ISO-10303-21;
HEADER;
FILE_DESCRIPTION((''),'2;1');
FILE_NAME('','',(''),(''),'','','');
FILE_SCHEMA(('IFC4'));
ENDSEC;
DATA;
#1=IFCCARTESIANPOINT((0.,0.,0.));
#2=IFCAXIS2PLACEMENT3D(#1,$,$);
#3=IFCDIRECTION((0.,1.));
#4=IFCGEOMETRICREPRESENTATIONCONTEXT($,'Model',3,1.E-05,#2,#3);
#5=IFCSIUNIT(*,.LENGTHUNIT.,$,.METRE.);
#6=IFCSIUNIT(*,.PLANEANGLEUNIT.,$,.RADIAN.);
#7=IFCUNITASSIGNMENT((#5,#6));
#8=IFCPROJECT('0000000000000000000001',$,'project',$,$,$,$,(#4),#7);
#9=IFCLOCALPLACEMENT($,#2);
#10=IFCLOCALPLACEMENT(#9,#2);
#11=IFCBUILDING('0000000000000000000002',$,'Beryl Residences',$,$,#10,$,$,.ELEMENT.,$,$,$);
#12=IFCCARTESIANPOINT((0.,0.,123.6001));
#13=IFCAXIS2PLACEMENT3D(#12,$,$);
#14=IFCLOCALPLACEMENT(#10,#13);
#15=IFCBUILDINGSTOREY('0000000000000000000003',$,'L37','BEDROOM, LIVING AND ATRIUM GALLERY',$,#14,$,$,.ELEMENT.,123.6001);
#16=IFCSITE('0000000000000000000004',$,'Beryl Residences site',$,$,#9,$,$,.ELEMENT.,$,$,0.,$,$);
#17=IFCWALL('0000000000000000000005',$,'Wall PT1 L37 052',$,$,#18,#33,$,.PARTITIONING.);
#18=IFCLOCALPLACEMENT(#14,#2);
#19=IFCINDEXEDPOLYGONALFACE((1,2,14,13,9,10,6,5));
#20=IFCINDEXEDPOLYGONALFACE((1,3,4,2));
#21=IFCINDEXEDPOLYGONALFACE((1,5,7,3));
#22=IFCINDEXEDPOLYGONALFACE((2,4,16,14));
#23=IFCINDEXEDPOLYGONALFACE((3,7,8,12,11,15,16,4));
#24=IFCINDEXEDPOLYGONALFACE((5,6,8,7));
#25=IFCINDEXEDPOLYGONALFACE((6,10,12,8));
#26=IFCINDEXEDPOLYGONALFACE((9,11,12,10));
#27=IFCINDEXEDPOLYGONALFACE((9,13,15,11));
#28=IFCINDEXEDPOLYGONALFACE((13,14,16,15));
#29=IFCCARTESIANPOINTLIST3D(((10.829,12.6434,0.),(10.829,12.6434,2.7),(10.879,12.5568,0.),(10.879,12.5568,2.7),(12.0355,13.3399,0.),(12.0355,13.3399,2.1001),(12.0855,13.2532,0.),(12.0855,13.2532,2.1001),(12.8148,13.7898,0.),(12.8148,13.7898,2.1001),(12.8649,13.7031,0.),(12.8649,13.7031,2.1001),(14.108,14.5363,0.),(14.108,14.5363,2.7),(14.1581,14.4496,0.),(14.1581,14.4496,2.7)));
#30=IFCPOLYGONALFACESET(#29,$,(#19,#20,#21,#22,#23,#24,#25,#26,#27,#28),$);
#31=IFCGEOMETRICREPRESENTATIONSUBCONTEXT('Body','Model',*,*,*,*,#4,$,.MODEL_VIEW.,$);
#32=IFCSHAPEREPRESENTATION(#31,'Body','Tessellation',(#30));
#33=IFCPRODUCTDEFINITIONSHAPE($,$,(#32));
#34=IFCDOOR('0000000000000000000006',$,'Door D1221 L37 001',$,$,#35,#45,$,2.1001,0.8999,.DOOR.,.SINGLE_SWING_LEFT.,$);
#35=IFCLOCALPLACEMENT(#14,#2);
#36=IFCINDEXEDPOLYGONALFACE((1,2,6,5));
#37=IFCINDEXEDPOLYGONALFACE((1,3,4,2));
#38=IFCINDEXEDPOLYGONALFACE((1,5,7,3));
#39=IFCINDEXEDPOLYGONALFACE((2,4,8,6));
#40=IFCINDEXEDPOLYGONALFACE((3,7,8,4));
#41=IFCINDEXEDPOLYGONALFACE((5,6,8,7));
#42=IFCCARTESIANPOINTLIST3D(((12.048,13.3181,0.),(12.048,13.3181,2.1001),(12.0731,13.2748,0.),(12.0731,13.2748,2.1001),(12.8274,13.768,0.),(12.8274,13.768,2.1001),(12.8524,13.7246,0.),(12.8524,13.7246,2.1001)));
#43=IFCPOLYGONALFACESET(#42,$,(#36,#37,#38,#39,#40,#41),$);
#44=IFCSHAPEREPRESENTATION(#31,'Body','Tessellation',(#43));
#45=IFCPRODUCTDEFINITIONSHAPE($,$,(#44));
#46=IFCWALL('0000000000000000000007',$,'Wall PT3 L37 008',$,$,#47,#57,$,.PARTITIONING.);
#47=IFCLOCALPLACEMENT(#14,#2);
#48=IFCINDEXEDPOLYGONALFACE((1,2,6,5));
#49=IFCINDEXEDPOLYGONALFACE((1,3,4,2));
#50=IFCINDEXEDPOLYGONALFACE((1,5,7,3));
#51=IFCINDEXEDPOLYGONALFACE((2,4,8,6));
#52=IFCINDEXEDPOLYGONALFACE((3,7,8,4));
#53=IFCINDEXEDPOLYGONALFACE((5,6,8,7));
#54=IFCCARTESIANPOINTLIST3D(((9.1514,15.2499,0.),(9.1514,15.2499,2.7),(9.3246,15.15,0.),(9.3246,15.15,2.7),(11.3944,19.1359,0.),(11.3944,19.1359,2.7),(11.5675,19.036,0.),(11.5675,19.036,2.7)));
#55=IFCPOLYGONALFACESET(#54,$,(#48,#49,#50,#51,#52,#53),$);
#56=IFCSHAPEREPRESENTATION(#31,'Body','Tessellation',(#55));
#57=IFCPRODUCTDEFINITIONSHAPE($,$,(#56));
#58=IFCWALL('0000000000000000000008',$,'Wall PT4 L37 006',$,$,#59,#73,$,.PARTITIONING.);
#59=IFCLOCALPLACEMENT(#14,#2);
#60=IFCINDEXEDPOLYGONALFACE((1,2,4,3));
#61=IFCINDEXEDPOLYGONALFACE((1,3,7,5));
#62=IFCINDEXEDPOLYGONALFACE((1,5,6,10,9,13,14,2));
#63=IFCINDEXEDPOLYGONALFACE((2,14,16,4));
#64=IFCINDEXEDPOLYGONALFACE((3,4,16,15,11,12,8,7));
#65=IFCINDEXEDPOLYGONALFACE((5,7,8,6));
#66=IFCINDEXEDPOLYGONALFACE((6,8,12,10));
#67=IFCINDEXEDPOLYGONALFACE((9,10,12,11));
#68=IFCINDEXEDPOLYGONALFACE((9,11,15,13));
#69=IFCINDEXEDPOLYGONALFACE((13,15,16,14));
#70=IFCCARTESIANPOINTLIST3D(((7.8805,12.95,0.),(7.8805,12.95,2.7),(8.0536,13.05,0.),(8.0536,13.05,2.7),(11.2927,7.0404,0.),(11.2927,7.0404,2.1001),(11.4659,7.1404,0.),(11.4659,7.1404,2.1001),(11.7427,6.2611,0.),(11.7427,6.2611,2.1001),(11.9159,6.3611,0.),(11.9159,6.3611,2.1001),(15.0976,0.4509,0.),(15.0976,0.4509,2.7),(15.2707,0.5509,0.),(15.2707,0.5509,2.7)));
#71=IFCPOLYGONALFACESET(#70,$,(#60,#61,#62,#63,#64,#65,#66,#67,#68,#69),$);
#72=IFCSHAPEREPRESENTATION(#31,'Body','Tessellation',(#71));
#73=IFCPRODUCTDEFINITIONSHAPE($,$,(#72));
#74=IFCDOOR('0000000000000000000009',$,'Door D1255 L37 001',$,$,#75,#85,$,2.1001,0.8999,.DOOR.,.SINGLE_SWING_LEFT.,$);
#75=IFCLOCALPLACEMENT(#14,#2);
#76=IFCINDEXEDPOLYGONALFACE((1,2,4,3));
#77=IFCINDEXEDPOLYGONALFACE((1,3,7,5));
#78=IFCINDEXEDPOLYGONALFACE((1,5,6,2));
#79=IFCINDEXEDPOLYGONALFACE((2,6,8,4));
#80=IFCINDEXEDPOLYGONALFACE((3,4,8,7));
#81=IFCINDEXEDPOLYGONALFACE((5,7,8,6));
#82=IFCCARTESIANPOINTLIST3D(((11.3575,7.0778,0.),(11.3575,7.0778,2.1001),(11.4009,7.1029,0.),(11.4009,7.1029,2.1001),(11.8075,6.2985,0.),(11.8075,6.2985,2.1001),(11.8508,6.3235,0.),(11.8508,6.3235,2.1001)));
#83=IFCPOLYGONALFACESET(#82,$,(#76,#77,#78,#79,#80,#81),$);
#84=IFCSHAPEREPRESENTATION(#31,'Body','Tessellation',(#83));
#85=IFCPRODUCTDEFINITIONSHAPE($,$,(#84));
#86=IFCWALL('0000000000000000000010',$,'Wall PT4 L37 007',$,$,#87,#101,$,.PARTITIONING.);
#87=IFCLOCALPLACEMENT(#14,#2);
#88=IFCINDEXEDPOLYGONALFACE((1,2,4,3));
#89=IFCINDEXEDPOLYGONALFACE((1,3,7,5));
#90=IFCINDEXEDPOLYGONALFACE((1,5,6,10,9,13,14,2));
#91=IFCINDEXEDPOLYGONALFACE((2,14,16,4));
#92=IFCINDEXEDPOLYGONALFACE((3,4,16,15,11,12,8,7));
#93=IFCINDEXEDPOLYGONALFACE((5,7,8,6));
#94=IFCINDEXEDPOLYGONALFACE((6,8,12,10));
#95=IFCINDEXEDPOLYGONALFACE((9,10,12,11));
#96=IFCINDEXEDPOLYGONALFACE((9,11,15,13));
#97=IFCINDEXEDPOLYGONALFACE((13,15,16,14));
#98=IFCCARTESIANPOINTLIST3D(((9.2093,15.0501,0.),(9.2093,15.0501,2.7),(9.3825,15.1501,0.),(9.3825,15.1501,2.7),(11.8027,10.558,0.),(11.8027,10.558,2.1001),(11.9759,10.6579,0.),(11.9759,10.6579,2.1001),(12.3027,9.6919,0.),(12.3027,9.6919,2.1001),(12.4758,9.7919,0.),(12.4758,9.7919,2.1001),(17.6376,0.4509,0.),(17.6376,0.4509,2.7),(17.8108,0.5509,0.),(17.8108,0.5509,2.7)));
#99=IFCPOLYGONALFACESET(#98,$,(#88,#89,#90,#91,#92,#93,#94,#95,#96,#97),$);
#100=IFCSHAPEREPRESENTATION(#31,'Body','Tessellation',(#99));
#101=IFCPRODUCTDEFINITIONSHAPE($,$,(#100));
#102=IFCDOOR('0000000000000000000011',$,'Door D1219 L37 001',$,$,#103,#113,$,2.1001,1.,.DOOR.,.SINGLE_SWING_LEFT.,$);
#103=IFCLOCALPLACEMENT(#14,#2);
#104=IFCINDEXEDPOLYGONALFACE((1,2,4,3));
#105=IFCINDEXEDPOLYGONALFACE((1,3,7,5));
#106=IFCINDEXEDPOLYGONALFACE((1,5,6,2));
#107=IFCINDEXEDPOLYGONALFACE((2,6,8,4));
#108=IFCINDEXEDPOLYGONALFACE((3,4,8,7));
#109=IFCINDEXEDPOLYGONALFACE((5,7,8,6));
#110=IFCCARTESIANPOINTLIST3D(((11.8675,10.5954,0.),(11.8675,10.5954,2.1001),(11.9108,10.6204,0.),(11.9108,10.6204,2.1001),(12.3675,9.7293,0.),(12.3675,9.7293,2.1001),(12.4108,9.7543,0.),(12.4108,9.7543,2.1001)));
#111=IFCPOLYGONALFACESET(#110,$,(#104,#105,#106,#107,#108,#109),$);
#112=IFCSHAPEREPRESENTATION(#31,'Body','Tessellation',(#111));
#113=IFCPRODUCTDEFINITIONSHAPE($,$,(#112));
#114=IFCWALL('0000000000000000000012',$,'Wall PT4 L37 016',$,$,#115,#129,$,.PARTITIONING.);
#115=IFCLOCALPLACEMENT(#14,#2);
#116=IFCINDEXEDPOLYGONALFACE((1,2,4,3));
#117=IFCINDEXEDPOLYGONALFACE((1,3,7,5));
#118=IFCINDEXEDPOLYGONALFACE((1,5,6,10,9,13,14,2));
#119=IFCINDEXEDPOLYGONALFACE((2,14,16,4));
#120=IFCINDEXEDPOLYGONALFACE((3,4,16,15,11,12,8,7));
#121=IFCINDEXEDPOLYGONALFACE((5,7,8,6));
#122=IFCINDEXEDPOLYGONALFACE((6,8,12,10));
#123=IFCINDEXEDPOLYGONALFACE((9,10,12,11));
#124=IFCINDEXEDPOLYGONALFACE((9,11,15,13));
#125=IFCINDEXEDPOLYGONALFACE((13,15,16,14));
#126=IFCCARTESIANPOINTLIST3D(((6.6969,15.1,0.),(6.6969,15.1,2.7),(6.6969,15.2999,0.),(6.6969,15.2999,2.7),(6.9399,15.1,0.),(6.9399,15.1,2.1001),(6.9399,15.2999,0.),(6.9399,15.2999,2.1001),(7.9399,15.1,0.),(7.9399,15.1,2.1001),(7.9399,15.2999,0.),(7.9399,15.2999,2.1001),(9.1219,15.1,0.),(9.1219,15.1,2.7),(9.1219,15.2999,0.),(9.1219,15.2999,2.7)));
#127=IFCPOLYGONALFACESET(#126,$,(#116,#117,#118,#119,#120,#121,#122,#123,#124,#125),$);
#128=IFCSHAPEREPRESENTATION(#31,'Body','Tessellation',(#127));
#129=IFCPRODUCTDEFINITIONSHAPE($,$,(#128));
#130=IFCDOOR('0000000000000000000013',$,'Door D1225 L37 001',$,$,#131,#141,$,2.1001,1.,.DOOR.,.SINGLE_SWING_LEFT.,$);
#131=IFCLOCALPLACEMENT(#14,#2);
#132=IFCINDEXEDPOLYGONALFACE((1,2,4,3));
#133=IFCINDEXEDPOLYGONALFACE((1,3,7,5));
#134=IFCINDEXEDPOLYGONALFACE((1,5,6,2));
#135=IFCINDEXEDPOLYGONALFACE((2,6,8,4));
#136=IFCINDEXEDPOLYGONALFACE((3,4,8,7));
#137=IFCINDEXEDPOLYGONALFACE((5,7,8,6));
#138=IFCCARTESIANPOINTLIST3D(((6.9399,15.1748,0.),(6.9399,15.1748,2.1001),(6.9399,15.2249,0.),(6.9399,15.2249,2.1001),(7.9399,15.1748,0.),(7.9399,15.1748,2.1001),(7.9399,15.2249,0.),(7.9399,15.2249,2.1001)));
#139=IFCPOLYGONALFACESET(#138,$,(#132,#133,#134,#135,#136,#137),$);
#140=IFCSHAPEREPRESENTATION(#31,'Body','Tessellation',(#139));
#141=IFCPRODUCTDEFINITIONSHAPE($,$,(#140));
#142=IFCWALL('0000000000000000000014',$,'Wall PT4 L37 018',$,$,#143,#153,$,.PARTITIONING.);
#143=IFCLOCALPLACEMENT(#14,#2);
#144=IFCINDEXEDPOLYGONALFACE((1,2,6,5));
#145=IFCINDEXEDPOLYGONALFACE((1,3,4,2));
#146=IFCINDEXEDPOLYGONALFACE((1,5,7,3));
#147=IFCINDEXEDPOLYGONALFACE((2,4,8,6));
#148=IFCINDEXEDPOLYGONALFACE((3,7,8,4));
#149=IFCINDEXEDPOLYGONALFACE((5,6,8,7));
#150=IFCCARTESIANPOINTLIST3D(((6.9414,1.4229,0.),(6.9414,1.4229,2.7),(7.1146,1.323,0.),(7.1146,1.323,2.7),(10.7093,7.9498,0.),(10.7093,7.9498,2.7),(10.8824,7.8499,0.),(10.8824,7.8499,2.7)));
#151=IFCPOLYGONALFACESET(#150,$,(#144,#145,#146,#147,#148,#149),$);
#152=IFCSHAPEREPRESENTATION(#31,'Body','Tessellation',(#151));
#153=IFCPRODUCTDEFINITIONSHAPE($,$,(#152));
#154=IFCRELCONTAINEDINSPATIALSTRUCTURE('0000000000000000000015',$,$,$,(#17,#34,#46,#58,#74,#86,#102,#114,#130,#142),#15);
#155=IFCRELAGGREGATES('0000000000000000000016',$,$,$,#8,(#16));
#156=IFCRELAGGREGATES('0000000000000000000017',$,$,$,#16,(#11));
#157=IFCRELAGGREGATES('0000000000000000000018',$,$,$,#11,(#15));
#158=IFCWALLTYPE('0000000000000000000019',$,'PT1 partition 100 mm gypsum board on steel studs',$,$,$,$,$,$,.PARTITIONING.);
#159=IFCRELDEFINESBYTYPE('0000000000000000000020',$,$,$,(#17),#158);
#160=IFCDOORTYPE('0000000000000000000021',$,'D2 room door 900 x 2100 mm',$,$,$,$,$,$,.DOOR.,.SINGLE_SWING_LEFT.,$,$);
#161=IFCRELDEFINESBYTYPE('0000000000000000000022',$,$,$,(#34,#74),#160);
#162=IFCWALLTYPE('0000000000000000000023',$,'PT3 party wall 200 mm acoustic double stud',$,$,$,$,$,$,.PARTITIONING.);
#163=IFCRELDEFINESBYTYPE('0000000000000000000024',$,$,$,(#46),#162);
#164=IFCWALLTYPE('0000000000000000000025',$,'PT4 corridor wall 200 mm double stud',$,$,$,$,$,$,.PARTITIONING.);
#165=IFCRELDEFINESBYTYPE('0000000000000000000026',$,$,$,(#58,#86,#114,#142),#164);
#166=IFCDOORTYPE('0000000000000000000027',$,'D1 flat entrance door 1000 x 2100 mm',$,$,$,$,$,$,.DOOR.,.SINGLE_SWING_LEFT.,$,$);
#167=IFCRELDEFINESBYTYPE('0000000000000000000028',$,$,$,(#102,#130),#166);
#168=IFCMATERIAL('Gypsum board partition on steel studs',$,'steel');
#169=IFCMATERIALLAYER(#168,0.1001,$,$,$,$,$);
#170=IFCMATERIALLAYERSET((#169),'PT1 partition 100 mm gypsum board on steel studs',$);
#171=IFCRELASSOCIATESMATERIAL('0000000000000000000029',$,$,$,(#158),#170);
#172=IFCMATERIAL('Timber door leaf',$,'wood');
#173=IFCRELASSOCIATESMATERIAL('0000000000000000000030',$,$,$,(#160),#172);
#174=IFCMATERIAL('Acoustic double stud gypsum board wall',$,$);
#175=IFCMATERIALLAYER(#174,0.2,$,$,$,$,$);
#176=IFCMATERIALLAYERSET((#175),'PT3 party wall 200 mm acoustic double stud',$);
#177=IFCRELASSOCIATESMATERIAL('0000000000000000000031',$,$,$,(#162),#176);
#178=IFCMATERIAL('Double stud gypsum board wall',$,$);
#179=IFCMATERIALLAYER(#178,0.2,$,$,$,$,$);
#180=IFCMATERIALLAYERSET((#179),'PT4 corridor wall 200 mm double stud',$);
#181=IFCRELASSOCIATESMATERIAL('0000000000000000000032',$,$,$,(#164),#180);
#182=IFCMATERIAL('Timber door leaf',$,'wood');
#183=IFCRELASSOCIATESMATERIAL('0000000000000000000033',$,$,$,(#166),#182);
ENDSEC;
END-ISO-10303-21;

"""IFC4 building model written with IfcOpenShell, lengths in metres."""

from ifc_helpers import new_model, si_unit, direction, frame, frame_2d, origin, place, context, subcontext, project, spatial, rectangle, extrude, material, layer, layer_set, type_object, element, fill, save


model = new_model("IFC4")

# Units and contexts
model_context = context("Model", 3, precision=1e-05, world=origin(), true_north=direction((0.0, 1.0)))
body_context = subcontext(model_context, "Body", "Model", "MODEL_VIEW")
ifc_project = project(units=[si_unit("LENGTHUNIT", "METRE"), si_unit("PLANEANGLEUNIT", "RADIAN")], contexts=[model_context])

# Site, building, storey
site_placement = place(None, origin())
site = spatial("IfcSite", under=ifc_project, at=site_placement, Name="Beryl Residences site", CompositionType="ELEMENT", RefElevation=0.0)
building_placement = place(site_placement, origin())
building = spatial("IfcBuilding", under=site, at=building_placement, Name="Beryl Residences", CompositionType="ELEMENT")
storey_placement = place(building_placement, frame((0.0, 0.0, 123.6001)))
storey = spatial("IfcBuildingStorey", under=building, at=storey_placement, Name="L37", Description="BEDROOM, LIVING AND ATRIUM GALLERY", CompositionType="ELEMENT", Elevation=123.6001)

# Wall, opening, door
ifc_material_1 = material(Name="Gypsum board partition on steel studs", Category="steel")
ifc_layer_1 = layer(ifc_material_1, 0.1001)
ifc_layer_set_1 = layer_set([ifc_layer_1], Name="PT1 partition 100 mm gypsum board on steel studs")
wall_type_1 = type_object("IfcWallType", Name="PT1 partition 100 mm gypsum board on steel studs", PredefinedType="PARTITIONING", material=ifc_layer_set_1)
ifc_material_2 = material(Name="Timber door leaf", Category="wood")
door_type_1 = type_object("IfcDoorType", Name="D2 room door 900 x 2100 mm", OperationType="SINGLE_SWING_LEFT", PredefinedType="DOOR", material=ifc_material_2)
wall_1_placement = place(storey_placement, frame((10.854, 12.6001, 0.0), z_axis=(0.0, 0.0, 1.0), x_axis=(0.866064, 0.499933, 0.0)))
wall_1 = element("IfcWall", 1, at=wall_1_placement, inside=storey, type_object=wall_type_1, Name="Wall PT1 L37 052", PredefinedType="PARTITIONING", context=body_context, shape_type="SweptSolid", body=[
    extrude(rectangle(XDim=3.7861, YDim=0.1001, at=frame_2d((1.8931, 0.0))), origin(), (0.0, 0.0, 1.0), 2.7),
])
opening_1_placement = place(wall_1_placement, frame((1.3931, 0.0, 0.0)))
opening_1 = element("IfcOpeningElement", 2, at=opening_1_placement, cuts=wall_1, PredefinedType="OPENING", context=body_context, shape_type="SweptSolid", body=[
    extrude(rectangle(XDim=0.8999, YDim=2.1001, at=frame_2d((0.45, 1.05))), frame((0.0, 0.0601, 0.0), z_axis=(0.0, -1.0, 0.0), x_axis=(1.0, 0.0, 0.0)), (0.0, 0.0, 1.0), 0.1201),
])
door_1_placement = place(opening_1_placement, origin())
door_1 = element("IfcDoor", 3, at=door_1_placement, inside=storey, type_object=door_type_1, Name="Door D1221 L37 001", OperationType="SINGLE_SWING_LEFT", OverallHeight=2.1001, OverallWidth=0.8999, PredefinedType="DOOR", context=body_context, shape_type="SweptSolid", body=[
    extrude(rectangle(XDim=0.8999, YDim=2.1001, at=frame_2d((0.45, 1.05))), frame((0.0, 0.0249, 0.0), z_axis=(0.0, -1.0, 0.0), x_axis=(1.0, 0.0, 0.0)), (0.0, 0.0, 1.0), 0.05),
])
fill(opening_1, door_1)

# Wall
ifc_material_3 = material(Name="Acoustic double stud gypsum board wall")
ifc_layer_2 = layer(ifc_material_3, 0.2)
ifc_layer_set_2 = layer_set([ifc_layer_2], Name="PT3 party wall 200 mm acoustic double stud")
wall_type_2 = type_object("IfcWallType", Name="PT3 party wall 200 mm acoustic double stud", PredefinedType="PARTITIONING", material=ifc_layer_set_2)
wall_2_placement = place(storey_placement, frame((9.238, 15.2, 0.0), z_axis=(0.0, 0.0, 1.0), x_axis=(0.49989, 0.866089, 0.0)))
element("IfcWall", 4, at=wall_2_placement, inside=storey, type_object=wall_type_2, Name="Wall PT3 L37 008", PredefinedType="PARTITIONING", context=body_context, shape_type="SweptSolid", body=[
    extrude(rectangle(XDim=4.4868, YDim=0.2, at=frame_2d((2.2434, 0.0))), origin(), (0.0, 0.0, 1.0), 2.7),
])

# Walls, openings, doors
ifc_material_4 = material(Name="Double stud gypsum board wall")
ifc_layer_3 = layer(ifc_material_4, 0.2)
ifc_layer_set_3 = layer_set([ifc_layer_3], Name="PT4 corridor wall 200 mm double stud")
wall_type_3 = type_object("IfcWallType", Name="PT4 corridor wall 200 mm double stud", PredefinedType="PARTITIONING", material=ifc_layer_set_3)
wall_3_placement = place(storey_placement, frame((7.967, 13.0, 0.0), z_axis=(0.0, 0.0, 1.0), x_axis=(0.500038, -0.866004, 0.0)))
wall_3 = element("IfcWall", 5, at=wall_3_placement, inside=storey, type_object=wall_type_3, Name="Wall PT4 L37 006", PredefinedType="PARTITIONING", context=body_context, shape_type="SweptSolid", body=[
    extrude(rectangle(XDim=14.4331, YDim=0.2, at=frame_2d((7.2166, 0.0))), origin(), (0.0, 0.0, 1.0), 2.7),
])
opening_2_placement = place(wall_3_placement, frame((6.824, 0.0, 0.0)))
opening_2 = element("IfcOpeningElement", 6, at=opening_2_placement, cuts=wall_3, PredefinedType="OPENING", context=body_context, shape_type="SweptSolid", body=[
    extrude(rectangle(XDim=0.8999, YDim=2.1001, at=frame_2d((0.45, 1.05))), frame((0.0, 0.1099, 0.0), z_axis=(0.0, -1.0, 0.0), x_axis=(1.0, 0.0, 0.0)), (0.0, 0.0, 1.0), 0.22),
])
door_2_placement = place(opening_2_placement, origin())
door_2 = element("IfcDoor", 7, at=door_2_placement, inside=storey, type_object=door_type_1, Name="Door D1255 L37 001", OperationType="SINGLE_SWING_LEFT", OverallHeight=2.1001, OverallWidth=0.8999, PredefinedType="DOOR", context=body_context, shape_type="SweptSolid", body=[
    extrude(rectangle(XDim=0.8999, YDim=2.1001, at=frame_2d((0.45, 1.05))), frame((0.0, 0.0249, 0.0), z_axis=(0.0, -1.0, 0.0), x_axis=(1.0, 0.0, 0.0)), (0.0, 0.0, 1.0), 0.05),
])
fill(opening_2, door_2)
wall_4_placement = place(storey_placement, frame((9.2959, 15.1001, 0.0), z_axis=(0.0, 0.0, 1.0), x_axis=(0.499974, -0.86604, 0.0)))
wall_4 = element("IfcWall", 8, at=wall_4_placement, inside=storey, type_object=wall_type_3, Name="Wall PT4 L37 007", PredefinedType="PARTITIONING", context=body_context, shape_type="SweptSolid", body=[
    extrude(rectangle(XDim=16.8574, YDim=0.2, at=frame_2d((8.4287, 0.0))), origin(), (0.0, 0.0, 1.0), 2.7),
])
opening_3_placement = place(wall_4_placement, frame((5.187, 0.0, 0.0)))
opening_3 = element("IfcOpeningElement", 9, at=opening_3_placement, cuts=wall_4, PredefinedType="OPENING", context=body_context, shape_type="SweptSolid", body=[
    extrude(rectangle(XDim=1.0, YDim=2.1001, at=frame_2d((0.5, 1.05))), frame((0.0, 0.1099, 0.0), z_axis=(0.0, -1.0, 0.0), x_axis=(1.0, 0.0, 0.0)), (0.0, 0.0, 1.0), 0.22),
])
ifc_material_5 = material(Name="Timber door leaf", Category="wood")
door_type_2 = type_object("IfcDoorType", Name="D1 flat entrance door 1000 x 2100 mm", OperationType="SINGLE_SWING_LEFT", PredefinedType="DOOR", material=ifc_material_5)
door_3_placement = place(opening_3_placement, origin())
door_3 = element("IfcDoor", 10, at=door_3_placement, inside=storey, type_object=door_type_2, Name="Door D1219 L37 001", OperationType="SINGLE_SWING_LEFT", OverallHeight=2.1001, OverallWidth=1.0, PredefinedType="DOOR", context=body_context, shape_type="SweptSolid", body=[
    extrude(rectangle(XDim=1.0, YDim=2.1001, at=frame_2d((0.5, 1.05))), frame((0.0, 0.0249, 0.0), z_axis=(0.0, -1.0, 0.0), x_axis=(1.0, 0.0, 0.0)), (0.0, 0.0, 1.0), 0.05),
])
fill(opening_3, door_3)
wall_5_placement = place(storey_placement, frame((6.697, 15.2, 0.0), z_axis=(0.0, 0.0, 1.0), x_axis=(1.0, 0.0, 0.0)))
wall_5 = element("IfcWall", 11, at=wall_5_placement, inside=storey, type_object=wall_type_3, Name="Wall PT4 L37 016", PredefinedType="PARTITIONING", context=body_context, shape_type="SweptSolid", body=[
    extrude(rectangle(XDim=2.425, YDim=0.2, at=frame_2d((1.2124, 0.0))), origin(), (0.0, 0.0, 1.0), 2.7),
])
opening_4_placement = place(wall_5_placement, frame((0.2429, 0.0, 0.0)))
opening_4 = element("IfcOpeningElement", 12, at=opening_4_placement, cuts=wall_5, PredefinedType="OPENING", context=body_context, shape_type="SweptSolid", body=[
    extrude(rectangle(XDim=1.0, YDim=2.1001, at=frame_2d((0.5, 1.05))), frame((0.0, 0.1099, 0.0), z_axis=(0.0, -1.0, 0.0), x_axis=(1.0, 0.0, 0.0)), (0.0, 0.0, 1.0), 0.22),
])
door_4_placement = place(opening_4_placement, origin())
door_4 = element("IfcDoor", 13, at=door_4_placement, inside=storey, type_object=door_type_2, Name="Door D1225 L37 001", OperationType="SINGLE_SWING_LEFT", OverallHeight=2.1001, OverallWidth=1.0, PredefinedType="DOOR", context=body_context, shape_type="SweptSolid", body=[
    extrude(rectangle(XDim=1.0, YDim=2.1001, at=frame_2d((0.5, 1.05))), frame((0.0, 0.0249, 0.0), z_axis=(0.0, -1.0, 0.0), x_axis=(1.0, 0.0, 0.0)), (0.0, 0.0, 1.0), 0.05),
])
fill(opening_4, door_4)

# Wall
wall_6_placement = place(storey_placement, frame((7.0281, 1.373, 0.0), z_axis=(0.0, 0.0, 1.0), x_axis=(0.499954, 0.866052, 0.0)))
element("IfcWall", 14, at=wall_6_placement, inside=storey, type_object=wall_type_3, Name="Wall PT4 L37 018", PredefinedType="PARTITIONING", context=body_context, shape_type="SweptSolid", body=[
    extrude(rectangle(XDim=7.5364, YDim=0.2, at=frame_2d((3.7681, 0.0))), origin(), (0.0, 0.0, 1.0), 2.7),
])

save(model, "model.ifc")
